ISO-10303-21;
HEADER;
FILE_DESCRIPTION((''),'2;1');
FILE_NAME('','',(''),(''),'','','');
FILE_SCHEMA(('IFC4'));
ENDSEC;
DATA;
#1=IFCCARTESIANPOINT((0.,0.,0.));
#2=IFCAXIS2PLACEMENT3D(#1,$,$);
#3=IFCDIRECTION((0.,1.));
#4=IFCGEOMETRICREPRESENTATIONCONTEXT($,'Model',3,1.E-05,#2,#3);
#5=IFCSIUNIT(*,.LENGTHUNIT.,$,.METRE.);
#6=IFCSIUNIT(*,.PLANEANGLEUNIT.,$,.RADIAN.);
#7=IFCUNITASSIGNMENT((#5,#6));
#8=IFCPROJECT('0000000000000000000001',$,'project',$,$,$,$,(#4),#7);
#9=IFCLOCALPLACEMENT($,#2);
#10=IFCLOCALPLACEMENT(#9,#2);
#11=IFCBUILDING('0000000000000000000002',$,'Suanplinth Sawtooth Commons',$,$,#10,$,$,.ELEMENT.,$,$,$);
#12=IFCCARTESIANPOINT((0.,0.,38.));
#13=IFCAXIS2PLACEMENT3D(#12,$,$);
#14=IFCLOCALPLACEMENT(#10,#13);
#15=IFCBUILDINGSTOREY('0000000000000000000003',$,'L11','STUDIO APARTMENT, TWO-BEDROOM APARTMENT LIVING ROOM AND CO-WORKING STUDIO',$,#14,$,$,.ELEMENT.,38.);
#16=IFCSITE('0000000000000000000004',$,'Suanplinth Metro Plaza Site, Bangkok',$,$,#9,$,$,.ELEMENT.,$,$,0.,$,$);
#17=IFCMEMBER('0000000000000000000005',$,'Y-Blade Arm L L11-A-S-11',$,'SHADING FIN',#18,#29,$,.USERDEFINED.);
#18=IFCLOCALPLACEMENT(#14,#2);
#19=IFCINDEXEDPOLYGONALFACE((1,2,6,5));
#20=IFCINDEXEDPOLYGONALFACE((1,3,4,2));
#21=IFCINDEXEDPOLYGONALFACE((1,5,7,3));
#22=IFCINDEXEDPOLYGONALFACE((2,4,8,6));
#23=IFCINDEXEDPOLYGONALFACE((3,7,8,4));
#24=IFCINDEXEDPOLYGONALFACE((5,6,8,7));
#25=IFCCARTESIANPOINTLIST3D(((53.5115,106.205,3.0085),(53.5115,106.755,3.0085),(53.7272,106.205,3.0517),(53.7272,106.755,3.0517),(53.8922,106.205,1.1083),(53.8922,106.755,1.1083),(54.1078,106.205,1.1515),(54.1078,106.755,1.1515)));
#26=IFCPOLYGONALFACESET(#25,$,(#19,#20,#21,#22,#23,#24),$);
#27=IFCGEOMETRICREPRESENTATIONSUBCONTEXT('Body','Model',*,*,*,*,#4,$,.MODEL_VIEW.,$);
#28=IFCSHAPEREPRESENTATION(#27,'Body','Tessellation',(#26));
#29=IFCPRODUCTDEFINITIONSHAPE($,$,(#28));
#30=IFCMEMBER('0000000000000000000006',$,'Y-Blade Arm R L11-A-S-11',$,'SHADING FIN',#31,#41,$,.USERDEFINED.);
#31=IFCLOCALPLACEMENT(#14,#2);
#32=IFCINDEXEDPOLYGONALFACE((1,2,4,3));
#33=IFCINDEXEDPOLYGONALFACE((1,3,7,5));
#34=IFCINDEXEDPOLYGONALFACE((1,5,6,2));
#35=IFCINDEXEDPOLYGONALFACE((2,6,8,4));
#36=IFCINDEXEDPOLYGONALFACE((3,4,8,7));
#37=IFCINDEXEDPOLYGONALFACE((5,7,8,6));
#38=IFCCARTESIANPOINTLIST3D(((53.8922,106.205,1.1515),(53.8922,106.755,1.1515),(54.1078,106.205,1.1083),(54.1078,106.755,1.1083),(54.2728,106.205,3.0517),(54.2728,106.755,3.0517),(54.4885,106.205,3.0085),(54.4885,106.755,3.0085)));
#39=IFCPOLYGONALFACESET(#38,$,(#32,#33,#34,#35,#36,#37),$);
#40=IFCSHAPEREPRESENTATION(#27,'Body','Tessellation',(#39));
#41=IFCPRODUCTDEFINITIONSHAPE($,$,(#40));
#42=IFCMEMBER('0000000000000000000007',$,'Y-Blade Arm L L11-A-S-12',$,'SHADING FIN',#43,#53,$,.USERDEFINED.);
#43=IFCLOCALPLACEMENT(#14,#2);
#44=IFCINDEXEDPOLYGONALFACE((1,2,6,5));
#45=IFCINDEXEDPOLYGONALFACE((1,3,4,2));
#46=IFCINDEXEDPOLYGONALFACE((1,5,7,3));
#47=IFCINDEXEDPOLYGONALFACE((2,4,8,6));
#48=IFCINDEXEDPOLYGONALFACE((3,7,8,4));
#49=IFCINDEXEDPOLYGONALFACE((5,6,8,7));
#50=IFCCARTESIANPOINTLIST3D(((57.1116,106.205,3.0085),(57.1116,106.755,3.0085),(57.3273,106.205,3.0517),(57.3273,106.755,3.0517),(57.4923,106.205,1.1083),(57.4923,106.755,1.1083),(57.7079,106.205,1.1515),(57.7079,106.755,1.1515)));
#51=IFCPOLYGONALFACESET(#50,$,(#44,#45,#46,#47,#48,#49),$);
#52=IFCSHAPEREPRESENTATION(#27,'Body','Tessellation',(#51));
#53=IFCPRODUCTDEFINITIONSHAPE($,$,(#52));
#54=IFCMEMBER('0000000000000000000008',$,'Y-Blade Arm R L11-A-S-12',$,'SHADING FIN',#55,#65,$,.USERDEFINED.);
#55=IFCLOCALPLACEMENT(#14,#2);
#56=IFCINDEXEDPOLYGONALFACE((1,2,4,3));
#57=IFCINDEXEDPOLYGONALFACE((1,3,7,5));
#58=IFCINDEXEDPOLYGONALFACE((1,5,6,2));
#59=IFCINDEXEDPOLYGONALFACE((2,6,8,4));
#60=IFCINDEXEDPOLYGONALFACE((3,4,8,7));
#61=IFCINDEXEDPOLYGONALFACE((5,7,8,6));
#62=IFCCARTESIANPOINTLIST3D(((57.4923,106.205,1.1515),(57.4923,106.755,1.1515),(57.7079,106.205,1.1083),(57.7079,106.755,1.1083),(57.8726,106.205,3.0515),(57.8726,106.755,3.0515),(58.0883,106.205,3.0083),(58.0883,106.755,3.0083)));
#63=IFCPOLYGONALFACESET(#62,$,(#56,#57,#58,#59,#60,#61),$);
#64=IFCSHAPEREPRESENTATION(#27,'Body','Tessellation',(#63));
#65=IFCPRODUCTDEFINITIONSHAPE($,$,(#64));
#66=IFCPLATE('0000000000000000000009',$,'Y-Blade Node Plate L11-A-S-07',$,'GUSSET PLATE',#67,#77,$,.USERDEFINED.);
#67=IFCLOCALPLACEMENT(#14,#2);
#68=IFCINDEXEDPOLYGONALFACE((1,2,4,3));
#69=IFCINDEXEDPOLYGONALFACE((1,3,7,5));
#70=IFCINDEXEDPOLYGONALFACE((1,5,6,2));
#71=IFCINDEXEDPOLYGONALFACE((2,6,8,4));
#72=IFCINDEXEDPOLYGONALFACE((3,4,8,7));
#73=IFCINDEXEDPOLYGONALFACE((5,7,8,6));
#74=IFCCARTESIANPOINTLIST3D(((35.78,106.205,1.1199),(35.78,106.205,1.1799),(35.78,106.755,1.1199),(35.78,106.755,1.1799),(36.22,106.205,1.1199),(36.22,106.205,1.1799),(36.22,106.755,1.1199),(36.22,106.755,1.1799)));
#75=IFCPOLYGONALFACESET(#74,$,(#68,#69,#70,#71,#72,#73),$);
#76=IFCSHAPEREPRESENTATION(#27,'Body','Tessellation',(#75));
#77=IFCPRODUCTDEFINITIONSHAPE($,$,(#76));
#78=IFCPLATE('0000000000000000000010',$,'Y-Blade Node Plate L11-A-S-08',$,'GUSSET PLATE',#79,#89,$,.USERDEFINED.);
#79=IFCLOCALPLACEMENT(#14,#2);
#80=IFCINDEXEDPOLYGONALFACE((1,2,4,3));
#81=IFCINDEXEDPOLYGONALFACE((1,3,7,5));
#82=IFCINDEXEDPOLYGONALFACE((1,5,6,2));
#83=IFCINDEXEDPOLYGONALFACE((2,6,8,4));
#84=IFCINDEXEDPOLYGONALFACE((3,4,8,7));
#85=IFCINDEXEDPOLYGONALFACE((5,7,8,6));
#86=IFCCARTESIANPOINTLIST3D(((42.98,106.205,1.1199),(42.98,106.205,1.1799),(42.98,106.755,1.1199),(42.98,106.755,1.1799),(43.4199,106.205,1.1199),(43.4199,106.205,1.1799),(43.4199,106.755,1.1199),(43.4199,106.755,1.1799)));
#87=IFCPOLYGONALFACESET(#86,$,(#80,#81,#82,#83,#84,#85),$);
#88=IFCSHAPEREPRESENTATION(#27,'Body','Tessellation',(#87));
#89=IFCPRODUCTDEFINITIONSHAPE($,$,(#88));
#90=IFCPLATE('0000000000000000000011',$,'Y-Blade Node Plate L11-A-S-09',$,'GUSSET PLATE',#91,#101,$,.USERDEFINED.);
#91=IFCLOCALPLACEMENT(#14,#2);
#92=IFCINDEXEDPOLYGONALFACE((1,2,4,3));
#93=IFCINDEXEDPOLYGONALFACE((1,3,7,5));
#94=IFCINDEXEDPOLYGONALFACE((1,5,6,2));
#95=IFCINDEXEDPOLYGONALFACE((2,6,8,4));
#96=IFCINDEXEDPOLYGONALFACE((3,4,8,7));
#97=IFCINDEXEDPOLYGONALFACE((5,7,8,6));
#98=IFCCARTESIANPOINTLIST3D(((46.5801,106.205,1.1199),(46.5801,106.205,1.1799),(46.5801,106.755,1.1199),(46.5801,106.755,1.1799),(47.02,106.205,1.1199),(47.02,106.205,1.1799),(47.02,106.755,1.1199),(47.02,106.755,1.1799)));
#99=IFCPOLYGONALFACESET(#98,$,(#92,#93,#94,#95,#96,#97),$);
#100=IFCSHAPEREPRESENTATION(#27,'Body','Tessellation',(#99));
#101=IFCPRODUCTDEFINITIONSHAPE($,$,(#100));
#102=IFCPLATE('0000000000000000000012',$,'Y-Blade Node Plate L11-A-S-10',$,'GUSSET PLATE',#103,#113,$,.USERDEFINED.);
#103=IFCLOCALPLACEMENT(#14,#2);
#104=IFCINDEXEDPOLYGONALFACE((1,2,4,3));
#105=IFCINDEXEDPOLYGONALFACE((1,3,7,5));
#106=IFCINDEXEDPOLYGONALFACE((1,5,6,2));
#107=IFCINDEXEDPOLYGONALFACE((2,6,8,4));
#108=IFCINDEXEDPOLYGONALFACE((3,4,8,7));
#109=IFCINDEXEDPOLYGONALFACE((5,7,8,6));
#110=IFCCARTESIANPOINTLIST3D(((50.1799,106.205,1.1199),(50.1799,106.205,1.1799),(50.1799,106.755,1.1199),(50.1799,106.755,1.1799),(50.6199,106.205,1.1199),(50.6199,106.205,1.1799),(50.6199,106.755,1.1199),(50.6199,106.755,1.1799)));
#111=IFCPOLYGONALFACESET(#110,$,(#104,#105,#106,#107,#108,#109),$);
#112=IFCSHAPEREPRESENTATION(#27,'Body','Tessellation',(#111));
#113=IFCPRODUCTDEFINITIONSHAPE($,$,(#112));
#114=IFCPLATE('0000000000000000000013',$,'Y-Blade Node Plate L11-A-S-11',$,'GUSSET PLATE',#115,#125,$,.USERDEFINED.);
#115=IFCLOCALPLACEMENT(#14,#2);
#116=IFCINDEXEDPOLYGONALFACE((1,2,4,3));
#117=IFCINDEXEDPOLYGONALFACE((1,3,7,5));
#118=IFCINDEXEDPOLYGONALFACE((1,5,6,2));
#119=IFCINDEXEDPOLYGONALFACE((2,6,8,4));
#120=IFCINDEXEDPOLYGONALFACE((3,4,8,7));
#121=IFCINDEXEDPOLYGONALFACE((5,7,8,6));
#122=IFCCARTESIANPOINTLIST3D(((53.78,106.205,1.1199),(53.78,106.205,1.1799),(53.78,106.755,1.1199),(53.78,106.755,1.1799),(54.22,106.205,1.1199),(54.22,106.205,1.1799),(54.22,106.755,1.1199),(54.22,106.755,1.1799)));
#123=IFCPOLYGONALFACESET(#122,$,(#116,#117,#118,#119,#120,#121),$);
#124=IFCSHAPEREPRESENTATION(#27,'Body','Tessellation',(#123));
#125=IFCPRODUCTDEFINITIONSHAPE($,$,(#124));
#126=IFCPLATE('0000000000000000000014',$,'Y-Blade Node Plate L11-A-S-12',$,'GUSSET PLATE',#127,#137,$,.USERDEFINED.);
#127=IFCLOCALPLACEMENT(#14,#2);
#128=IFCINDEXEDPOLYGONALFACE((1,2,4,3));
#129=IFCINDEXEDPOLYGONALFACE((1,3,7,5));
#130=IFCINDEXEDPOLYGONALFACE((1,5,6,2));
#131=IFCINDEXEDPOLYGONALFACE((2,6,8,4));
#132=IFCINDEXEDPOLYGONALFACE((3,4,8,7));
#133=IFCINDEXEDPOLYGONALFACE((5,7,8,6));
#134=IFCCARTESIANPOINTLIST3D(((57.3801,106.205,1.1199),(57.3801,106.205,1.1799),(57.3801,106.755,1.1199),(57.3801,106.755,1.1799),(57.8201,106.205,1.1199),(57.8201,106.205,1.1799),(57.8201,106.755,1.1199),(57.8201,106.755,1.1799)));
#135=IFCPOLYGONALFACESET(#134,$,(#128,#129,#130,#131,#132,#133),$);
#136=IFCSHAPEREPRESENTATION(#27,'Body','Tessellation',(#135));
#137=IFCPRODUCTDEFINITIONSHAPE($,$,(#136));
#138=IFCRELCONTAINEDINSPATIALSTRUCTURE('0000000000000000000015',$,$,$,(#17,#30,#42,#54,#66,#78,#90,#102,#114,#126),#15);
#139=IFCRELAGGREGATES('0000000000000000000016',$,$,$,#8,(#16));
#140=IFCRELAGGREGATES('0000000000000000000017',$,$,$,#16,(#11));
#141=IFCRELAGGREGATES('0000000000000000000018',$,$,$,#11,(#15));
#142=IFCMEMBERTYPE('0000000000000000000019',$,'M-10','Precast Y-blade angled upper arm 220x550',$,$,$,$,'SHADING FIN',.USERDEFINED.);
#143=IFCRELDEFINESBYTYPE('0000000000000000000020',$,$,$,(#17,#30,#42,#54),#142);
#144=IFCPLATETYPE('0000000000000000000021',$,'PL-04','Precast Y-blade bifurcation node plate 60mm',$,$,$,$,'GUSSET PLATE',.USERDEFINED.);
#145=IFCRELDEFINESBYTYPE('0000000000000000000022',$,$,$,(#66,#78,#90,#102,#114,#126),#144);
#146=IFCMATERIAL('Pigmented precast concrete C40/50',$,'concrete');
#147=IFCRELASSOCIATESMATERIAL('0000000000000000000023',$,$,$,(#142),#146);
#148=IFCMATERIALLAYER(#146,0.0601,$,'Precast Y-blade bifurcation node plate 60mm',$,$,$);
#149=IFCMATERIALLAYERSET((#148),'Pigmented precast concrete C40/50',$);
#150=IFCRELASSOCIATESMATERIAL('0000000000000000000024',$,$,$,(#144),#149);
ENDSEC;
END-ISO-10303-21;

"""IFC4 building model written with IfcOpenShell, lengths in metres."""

from ifc_helpers import new_model, si_unit, direction, frame, origin, origin_2d, place, context, subcontext, project, spatial, rectangle, extrude, material, layer, layer_set, material_profile, profile_set, type_object, element, save


model = new_model("IFC4")

# Units and contexts
model_context = context("Model", 3, precision=1e-05, world=origin(), true_north=direction((0.0, 1.0)))
body_context = subcontext(model_context, "Body", "Model", "MODEL_VIEW")
ifc_project = project(units=[si_unit("LENGTHUNIT", "METRE"), si_unit("PLANEANGLEUNIT", "RADIAN")], contexts=[model_context])

# Site, building, storey
site_placement = place(None, origin())
site = spatial("IfcSite", under=ifc_project, at=site_placement, Name="Suanplinth Metro Plaza Site, Bangkok", CompositionType="ELEMENT", RefElevation=0.0)
building_placement = place(site_placement, origin())
building = spatial("IfcBuilding", under=site, at=building_placement, Name="Suanplinth Sawtooth Commons", CompositionType="ELEMENT")
storey_placement = place(building_placement, frame((0.0, 0.0, 38.0)))
storey = spatial("IfcBuildingStorey", under=building, at=storey_placement, Name="L11", Description="STUDIO APARTMENT, TWO-BEDROOM APARTMENT LIVING ROOM AND CO-WORKING STUDIO", CompositionType="ELEMENT", Elevation=38.0)

# Members
ifc_material_1 = material(Name="Pigmented precast concrete C40/50", Category="concrete")
ifc_material_profile_1 = material_profile(ifc_material_1, rectangle(XDim=0.22, YDim=0.55, at=origin_2d()), Name="PC-FIN 220x550")
ifc_profile_set_1 = profile_set([ifc_material_profile_1], Name="Pigmented precast concrete C40/50")
member_type_1 = type_object("IfcMemberType", Name="M-10", Description="Precast Y-blade angled upper arm 220x550", ElementType="SHADING FIN", PredefinedType="USERDEFINED", material=ifc_profile_set_1)
for number, where, z_axis, x_axis, name in (
    (1, (54.0, 106.48, 1.1299), (-0.196407, 0.0, 0.980522), (0.980522, 0.0, 0.196407), "Y-Blade Arm L L11-A-S-11"),
    (2, (54.0, 106.48, 1.1299), (0.196407, 0.0, 0.980522), (-0.980522, 0.0, 0.196407), "Y-Blade Arm R L11-A-S-11"),
    (3, (57.6001, 106.48, 1.1299), (-0.196407, 0.0, 0.980522), (0.980522, 0.0, 0.196407), "Y-Blade Arm L L11-A-S-12"),
):
    element("IfcMember", number, at=place(storey_placement, frame(where, z_axis=z_axis, x_axis=x_axis)), inside=storey, type_object=member_type_1, Name=name, ObjectType="SHADING FIN", PredefinedType="USERDEFINED", context=body_context, shape_type="SweptSolid", body=[
        extrude(rectangle(XDim=0.22, YDim=0.55, at=origin_2d()), origin(), (0.0, 0.0, 1.0), 1.938),
    ])
member_1_placement = place(storey_placement, frame((57.6001, 106.48, 1.1299), z_axis=(0.196286, 0.0, 0.980547), x_axis=(-0.980547, 0.0, 0.196286)))
element("IfcMember", 4, at=member_1_placement, inside=storey, type_object=member_type_1, Name="Y-Blade Arm R L11-A-S-12", ObjectType="SHADING FIN", PredefinedType="USERDEFINED", context=body_context, shape_type="SweptSolid", body=[
    extrude(rectangle(XDim=0.22, YDim=0.55, at=origin_2d()), origin(), (0.0, 0.0, 1.0), 1.9377),
])

# Plates
ifc_layer_1 = layer(ifc_material_1, 0.0601, Name="Precast Y-blade bifurcation node plate 60mm")
ifc_layer_set_1 = layer_set([ifc_layer_1], Name="Pigmented precast concrete C40/50")
plate_type = type_object("IfcPlateType", Name="PL-04", Description="Precast Y-blade bifurcation node plate 60mm", ElementType="GUSSET PLATE", PredefinedType="USERDEFINED", material=ifc_layer_set_1)
for number, where, z_axis, x_axis, name in (
    (5, (36.0, 106.48, 1.1199), (0.0, 0.0, 1.0), (1.0, 0.0, 0.0), "Y-Blade Node Plate L11-A-S-07"),
    (6, (43.2, 106.48, 1.1199), (0.0, 0.0, 1.0), (1.0, 0.0, 0.0), "Y-Blade Node Plate L11-A-S-08"),
    (7, (46.8, 106.48, 1.1199), (0.0, 0.0, 1.0), (1.0, 0.0, 0.0), "Y-Blade Node Plate L11-A-S-09"),
    (8, (50.3999, 106.48, 1.1199), (0.0, 0.0, 1.0), (1.0, 0.0, 0.0), "Y-Blade Node Plate L11-A-S-10"),
    (9, (54.0, 106.48, 1.1199), (0.0, 0.0, 1.0), (1.0, 0.0, 0.0), "Y-Blade Node Plate L11-A-S-11"),
    (10, (57.6001, 106.48, 1.1199), (0.0, 0.0, 1.0), (1.0, 0.0, 0.0), "Y-Blade Node Plate L11-A-S-12"),
):
    element("IfcPlate", number, at=place(storey_placement, frame(where, z_axis=z_axis, x_axis=x_axis)), inside=storey, type_object=plate_type, Name=name, ObjectType="GUSSET PLATE", PredefinedType="USERDEFINED", context=body_context, shape_type="SweptSolid", body=[
        extrude(rectangle(XDim=0.4399, YDim=0.55, at=origin_2d()), origin(), (0.0, 0.0, 1.0), 0.0601),
    ])

save(model, "model.ifc")
